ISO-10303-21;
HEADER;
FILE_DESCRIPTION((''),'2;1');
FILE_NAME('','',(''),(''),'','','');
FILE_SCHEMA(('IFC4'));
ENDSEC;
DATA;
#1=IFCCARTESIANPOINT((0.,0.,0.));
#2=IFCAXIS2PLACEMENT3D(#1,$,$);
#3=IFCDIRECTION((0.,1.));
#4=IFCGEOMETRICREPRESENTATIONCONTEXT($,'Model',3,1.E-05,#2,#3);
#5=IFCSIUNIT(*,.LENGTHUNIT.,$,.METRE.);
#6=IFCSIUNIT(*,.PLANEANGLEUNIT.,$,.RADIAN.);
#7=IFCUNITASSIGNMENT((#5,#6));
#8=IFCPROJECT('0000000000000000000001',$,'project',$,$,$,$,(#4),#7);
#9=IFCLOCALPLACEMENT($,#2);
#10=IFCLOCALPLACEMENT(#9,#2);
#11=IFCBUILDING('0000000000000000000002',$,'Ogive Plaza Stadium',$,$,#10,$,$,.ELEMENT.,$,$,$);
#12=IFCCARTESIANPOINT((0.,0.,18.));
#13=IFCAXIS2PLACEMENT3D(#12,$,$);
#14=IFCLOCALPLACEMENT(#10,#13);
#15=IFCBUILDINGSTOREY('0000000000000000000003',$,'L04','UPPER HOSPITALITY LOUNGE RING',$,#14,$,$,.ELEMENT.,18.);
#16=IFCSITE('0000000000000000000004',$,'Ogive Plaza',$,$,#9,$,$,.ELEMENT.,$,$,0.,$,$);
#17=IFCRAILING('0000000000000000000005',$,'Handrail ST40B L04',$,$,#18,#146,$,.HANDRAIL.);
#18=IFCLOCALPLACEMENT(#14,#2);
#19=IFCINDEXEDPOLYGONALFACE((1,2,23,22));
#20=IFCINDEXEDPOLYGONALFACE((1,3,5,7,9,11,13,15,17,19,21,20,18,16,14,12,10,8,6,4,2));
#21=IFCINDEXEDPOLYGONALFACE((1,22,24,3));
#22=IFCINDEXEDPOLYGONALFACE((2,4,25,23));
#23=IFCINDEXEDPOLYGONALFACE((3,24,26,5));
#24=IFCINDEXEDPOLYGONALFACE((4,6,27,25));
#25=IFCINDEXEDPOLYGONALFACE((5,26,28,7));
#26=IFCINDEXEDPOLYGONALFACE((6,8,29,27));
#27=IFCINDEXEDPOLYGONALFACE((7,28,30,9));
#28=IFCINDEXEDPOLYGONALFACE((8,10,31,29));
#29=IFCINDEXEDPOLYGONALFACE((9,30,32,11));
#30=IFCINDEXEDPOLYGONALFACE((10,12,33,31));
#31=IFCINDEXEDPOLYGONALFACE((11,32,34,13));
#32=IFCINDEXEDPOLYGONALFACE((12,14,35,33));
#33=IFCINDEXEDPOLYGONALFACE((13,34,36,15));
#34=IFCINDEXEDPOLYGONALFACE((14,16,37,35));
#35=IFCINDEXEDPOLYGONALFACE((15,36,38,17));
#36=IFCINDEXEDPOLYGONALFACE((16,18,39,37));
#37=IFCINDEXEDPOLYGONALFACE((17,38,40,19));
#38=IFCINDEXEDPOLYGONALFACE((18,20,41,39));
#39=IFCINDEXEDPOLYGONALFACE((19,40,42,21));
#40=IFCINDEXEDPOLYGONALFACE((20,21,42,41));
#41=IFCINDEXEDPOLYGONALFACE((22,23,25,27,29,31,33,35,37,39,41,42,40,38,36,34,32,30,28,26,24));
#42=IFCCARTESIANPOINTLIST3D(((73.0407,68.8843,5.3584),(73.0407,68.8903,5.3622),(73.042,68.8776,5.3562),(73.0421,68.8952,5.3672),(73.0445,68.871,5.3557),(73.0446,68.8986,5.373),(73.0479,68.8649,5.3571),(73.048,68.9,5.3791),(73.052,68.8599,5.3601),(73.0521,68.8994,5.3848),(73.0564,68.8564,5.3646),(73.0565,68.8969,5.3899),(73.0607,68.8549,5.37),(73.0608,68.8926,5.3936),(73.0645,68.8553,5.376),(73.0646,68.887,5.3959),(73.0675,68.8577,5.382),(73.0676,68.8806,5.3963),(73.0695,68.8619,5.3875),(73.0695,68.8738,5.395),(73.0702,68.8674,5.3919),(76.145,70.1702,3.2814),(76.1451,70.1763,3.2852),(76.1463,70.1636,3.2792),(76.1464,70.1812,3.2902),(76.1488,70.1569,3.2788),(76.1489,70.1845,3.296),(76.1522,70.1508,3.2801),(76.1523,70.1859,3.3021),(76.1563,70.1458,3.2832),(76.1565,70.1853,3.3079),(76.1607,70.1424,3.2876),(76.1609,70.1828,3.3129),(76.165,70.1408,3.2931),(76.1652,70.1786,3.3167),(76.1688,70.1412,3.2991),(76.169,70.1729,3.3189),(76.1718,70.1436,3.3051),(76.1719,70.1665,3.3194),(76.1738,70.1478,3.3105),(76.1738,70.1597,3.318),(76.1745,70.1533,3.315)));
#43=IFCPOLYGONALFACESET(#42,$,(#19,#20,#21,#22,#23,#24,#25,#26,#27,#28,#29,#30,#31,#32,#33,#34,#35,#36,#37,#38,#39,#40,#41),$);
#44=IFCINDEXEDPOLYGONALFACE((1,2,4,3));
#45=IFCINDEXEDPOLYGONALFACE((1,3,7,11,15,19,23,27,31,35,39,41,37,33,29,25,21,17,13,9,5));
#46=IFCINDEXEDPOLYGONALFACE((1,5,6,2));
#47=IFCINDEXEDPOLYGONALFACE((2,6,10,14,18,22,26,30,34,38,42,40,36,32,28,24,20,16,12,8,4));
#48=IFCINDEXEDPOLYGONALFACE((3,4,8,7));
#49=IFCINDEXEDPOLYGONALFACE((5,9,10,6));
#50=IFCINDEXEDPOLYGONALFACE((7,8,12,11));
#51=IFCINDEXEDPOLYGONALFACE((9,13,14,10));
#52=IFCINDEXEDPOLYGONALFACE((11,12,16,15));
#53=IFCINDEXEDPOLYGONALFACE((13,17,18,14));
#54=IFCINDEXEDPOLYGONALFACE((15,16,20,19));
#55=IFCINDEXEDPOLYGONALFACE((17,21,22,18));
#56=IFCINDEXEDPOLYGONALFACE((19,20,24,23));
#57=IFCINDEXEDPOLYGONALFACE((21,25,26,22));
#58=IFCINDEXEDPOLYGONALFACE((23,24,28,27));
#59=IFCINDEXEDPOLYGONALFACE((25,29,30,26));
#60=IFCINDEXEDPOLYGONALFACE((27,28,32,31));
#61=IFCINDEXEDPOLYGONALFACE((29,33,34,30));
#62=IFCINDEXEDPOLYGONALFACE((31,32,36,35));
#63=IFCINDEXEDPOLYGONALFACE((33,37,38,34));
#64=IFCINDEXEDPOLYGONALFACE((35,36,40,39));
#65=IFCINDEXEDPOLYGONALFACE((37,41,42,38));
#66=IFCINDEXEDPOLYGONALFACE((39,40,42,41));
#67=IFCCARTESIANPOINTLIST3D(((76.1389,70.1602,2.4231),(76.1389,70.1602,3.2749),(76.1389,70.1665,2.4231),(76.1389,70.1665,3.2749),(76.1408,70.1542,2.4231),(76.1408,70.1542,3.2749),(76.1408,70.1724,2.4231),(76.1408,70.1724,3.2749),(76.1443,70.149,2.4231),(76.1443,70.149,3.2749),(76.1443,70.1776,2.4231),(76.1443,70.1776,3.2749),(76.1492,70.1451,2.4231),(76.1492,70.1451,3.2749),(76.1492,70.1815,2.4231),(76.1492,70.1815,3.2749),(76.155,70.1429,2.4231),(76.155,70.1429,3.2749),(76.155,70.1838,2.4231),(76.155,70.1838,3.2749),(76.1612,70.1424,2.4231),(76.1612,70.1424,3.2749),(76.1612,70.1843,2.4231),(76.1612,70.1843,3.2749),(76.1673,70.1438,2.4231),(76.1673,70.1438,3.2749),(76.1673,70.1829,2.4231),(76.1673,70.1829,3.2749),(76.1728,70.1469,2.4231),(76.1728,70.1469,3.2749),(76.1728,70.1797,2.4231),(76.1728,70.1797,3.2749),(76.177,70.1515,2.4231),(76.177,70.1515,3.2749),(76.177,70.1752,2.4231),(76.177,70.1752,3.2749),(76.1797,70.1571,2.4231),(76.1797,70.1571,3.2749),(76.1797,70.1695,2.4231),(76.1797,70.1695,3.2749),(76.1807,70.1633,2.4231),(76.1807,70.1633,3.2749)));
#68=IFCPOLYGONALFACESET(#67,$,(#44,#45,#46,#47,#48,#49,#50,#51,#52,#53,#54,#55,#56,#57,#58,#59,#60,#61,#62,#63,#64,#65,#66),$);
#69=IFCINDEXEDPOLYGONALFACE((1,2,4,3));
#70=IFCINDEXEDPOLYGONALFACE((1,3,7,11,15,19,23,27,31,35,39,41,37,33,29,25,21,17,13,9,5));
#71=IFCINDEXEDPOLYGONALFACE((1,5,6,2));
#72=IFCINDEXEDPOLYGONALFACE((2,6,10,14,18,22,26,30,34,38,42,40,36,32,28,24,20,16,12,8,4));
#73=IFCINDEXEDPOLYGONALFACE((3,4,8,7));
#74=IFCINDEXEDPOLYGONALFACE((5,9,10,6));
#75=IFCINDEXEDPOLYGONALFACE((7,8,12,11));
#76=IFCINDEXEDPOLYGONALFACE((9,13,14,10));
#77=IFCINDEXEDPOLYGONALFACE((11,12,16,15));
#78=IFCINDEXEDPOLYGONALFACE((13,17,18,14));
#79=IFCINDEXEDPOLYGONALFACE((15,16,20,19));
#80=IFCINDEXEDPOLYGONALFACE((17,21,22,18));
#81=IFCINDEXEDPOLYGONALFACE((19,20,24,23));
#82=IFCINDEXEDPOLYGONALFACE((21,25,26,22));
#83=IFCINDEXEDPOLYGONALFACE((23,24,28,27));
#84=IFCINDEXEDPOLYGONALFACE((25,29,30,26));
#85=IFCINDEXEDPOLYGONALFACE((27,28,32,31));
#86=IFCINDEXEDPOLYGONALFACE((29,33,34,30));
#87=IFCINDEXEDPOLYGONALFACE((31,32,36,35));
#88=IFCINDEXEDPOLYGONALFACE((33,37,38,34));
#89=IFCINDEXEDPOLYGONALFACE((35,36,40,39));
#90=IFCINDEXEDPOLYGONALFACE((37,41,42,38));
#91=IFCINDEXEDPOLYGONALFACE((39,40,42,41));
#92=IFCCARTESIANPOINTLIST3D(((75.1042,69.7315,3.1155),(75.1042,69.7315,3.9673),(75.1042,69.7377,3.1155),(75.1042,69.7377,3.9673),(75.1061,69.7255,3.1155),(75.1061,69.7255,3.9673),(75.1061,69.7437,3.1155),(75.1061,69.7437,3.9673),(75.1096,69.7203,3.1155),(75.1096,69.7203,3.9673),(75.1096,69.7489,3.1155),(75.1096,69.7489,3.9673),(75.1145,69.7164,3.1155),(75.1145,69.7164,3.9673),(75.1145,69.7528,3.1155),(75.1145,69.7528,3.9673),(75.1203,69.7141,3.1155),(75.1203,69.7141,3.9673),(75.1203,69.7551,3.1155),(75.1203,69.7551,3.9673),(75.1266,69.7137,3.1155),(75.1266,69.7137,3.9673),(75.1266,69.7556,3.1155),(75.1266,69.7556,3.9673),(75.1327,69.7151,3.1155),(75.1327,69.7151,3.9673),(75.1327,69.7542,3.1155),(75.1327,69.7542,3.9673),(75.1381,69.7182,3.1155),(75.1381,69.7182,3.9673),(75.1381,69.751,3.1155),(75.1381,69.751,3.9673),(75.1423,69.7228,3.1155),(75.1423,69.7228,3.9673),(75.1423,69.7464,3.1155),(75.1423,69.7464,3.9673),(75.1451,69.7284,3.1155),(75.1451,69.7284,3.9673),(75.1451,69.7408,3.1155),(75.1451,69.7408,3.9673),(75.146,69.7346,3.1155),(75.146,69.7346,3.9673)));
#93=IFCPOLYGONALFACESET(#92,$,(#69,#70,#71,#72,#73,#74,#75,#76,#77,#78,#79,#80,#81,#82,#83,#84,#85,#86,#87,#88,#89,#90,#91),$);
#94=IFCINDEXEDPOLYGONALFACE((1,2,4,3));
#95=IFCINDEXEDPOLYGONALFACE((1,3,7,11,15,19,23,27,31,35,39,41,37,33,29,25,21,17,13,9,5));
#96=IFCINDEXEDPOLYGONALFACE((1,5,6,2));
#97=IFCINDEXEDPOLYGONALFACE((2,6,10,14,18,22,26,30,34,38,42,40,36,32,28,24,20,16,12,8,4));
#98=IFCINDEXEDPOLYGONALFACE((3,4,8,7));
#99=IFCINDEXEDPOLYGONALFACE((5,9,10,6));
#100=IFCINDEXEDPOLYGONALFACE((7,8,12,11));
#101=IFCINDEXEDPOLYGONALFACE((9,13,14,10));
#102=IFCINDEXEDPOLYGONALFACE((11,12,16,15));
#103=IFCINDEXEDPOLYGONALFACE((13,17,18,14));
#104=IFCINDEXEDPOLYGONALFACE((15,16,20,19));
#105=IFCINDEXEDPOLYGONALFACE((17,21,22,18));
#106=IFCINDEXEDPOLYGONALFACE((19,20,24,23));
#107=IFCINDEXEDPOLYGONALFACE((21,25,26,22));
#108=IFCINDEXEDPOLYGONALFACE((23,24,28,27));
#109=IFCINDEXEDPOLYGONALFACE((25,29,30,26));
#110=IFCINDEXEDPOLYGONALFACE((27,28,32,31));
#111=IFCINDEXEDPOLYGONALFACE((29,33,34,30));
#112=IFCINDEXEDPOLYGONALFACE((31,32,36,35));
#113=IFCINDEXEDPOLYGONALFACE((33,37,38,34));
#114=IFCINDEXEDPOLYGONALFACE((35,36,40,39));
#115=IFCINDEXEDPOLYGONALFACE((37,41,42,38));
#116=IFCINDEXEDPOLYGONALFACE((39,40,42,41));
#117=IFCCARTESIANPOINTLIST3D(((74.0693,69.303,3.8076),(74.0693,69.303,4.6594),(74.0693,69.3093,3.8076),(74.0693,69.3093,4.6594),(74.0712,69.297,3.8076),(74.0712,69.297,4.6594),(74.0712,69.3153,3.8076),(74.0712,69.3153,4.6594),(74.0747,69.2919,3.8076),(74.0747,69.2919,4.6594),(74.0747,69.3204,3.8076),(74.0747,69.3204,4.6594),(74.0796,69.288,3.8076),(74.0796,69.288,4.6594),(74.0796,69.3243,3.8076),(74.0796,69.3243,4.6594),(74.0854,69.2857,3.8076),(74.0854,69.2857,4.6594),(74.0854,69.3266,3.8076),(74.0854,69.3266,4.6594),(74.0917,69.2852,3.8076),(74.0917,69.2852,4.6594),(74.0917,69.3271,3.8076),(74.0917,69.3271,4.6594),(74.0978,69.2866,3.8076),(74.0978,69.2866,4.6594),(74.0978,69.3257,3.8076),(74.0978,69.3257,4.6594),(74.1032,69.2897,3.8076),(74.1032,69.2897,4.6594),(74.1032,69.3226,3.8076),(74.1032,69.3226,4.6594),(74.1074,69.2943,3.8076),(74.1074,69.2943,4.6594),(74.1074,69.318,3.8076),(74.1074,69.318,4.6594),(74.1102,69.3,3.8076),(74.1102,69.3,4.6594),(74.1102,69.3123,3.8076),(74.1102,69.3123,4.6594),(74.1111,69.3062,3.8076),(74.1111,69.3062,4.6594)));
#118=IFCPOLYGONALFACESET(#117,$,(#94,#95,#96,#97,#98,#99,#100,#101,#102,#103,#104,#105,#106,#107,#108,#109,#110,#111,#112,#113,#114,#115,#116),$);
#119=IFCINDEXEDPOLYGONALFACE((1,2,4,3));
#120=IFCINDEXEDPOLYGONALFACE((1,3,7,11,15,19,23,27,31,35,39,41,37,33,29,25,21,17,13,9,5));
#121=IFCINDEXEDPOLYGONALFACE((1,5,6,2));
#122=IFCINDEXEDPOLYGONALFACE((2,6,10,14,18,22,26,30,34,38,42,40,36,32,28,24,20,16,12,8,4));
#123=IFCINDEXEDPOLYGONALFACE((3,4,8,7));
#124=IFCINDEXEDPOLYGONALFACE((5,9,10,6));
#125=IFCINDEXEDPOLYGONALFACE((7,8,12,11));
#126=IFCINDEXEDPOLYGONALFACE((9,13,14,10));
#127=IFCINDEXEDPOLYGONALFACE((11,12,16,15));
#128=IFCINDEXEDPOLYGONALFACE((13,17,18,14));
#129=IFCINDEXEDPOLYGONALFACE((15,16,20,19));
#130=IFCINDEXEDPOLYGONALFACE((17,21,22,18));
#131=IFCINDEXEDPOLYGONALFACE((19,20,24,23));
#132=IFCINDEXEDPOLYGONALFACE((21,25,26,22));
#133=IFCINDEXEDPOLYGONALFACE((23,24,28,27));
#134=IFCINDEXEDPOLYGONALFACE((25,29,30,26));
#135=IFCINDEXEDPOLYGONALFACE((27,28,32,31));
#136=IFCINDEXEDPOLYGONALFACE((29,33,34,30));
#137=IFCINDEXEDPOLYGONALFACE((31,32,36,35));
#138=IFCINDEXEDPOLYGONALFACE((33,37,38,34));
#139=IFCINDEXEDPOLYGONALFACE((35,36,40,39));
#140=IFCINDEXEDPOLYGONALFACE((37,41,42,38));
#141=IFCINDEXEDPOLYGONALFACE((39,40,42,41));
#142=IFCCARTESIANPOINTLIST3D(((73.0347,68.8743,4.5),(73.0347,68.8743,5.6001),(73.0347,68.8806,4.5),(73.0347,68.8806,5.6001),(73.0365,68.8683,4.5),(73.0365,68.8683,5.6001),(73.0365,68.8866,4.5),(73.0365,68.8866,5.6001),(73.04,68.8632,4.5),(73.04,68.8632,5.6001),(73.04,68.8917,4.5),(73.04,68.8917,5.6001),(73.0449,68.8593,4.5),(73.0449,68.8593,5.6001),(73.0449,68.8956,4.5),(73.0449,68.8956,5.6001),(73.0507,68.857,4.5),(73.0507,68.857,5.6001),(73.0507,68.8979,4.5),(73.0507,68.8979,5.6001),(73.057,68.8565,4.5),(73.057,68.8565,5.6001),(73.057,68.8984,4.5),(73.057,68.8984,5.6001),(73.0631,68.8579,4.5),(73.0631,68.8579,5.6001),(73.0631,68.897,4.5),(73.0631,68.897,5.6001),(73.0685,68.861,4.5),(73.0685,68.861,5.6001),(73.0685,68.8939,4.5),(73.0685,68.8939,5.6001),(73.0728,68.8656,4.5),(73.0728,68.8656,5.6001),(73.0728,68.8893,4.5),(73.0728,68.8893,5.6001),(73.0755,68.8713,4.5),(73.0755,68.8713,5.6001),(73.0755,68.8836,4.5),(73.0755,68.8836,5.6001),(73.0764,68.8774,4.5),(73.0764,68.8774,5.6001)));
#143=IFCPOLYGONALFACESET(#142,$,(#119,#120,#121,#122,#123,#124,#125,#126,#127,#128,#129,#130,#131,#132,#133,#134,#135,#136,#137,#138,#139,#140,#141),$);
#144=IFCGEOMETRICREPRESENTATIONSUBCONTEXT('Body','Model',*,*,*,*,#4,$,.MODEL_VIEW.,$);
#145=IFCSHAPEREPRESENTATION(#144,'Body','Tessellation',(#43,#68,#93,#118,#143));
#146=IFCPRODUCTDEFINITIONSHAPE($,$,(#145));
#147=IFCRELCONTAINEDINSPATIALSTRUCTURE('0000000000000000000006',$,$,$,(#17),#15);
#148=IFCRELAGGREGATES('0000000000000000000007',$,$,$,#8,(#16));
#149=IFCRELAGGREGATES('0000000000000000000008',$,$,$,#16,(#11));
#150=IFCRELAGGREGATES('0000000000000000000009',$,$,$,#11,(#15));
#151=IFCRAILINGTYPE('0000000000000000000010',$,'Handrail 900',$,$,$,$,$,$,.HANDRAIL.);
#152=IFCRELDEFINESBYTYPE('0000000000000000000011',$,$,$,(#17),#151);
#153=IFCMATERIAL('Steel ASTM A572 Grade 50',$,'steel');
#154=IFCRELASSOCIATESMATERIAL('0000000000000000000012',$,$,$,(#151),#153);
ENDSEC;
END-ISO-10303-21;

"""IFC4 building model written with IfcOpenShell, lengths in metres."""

from ifc_helpers import new_model, si_unit, direction, frame, origin, origin_2d, place, context, subcontext, project, spatial, circle, extrude, material, type_object, element, save


model = new_model("IFC4")

# Units and contexts
model_context = context("Model", 3, precision=1e-05, world=origin(), true_north=direction((0.0, 1.0)))
body_context = subcontext(model_context, "Body", "Model", "MODEL_VIEW")
ifc_project = project(units=[si_unit("LENGTHUNIT", "METRE"), si_unit("PLANEANGLEUNIT", "RADIAN")], contexts=[model_context])

# Site, building, storey
site_placement = place(None, origin())
site = spatial("IfcSite", under=ifc_project, at=site_placement, Name="Ogive Plaza", CompositionType="ELEMENT", RefElevation=0.0)
building_placement = place(site_placement, origin())
building = spatial("IfcBuilding", under=site, at=building_placement, Name="Ogive Plaza Stadium", CompositionType="ELEMENT")
storey_placement = place(building_placement, frame((0.0, 0.0, 18.0)))
storey = spatial("IfcBuildingStorey", under=building, at=storey_placement, Name="L04", Description="UPPER HOSPITALITY LOUNGE RING", CompositionType="ELEMENT", Elevation=18.0)

# Railing
ifc_material_1 = material(Name="Steel ASTM A572 Grade 50", Category="steel")
railing_type_1 = type_object("IfcRailingType", Name="Handrail 900", PredefinedType="HANDRAIL", material=ifc_material_1)
for number, where, name in (
    (1, (76.1597, 70.1633, 2.4231), "Handrail ST40B L04"),
):
    element("IfcRailing", number, at=place(storey_placement, frame(where)), inside=storey, type_object=railing_type_1, Name=name, PredefinedType="HANDRAIL", context=body_context, shape_type="SweptSolid", body=[
        extrude(circle(Radius=0.0239, at=origin_2d()), frame((0.0, 0.0, 0.876), z_axis=(-0.785863, -0.325532, 0.525783), x_axis=(0.3827, -0.923872, 0.0)), (0.0, 0.0, 1.0), 3.9502),
        extrude(circle(Radius=0.021, at=origin_2d()), origin(), (0.0, 0.0, 1.0), 0.8518),
        extrude(circle(Radius=0.021, at=origin_2d()), frame((-1.0347, -0.4287, 0.6924)), (0.0, 0.0, 1.0), 0.8518),
        extrude(circle(Radius=0.021, at=origin_2d()), frame((-2.0696, -0.8572, 1.3845)), (0.0, 0.0, 1.0), 0.8518),
        extrude(circle(Radius=0.021, at=origin_2d()), frame((-3.1042, -1.2859, 2.0769)), (0.0, 0.0, 1.0), 1.1001),
    ])

save(model, "model.ifc")
